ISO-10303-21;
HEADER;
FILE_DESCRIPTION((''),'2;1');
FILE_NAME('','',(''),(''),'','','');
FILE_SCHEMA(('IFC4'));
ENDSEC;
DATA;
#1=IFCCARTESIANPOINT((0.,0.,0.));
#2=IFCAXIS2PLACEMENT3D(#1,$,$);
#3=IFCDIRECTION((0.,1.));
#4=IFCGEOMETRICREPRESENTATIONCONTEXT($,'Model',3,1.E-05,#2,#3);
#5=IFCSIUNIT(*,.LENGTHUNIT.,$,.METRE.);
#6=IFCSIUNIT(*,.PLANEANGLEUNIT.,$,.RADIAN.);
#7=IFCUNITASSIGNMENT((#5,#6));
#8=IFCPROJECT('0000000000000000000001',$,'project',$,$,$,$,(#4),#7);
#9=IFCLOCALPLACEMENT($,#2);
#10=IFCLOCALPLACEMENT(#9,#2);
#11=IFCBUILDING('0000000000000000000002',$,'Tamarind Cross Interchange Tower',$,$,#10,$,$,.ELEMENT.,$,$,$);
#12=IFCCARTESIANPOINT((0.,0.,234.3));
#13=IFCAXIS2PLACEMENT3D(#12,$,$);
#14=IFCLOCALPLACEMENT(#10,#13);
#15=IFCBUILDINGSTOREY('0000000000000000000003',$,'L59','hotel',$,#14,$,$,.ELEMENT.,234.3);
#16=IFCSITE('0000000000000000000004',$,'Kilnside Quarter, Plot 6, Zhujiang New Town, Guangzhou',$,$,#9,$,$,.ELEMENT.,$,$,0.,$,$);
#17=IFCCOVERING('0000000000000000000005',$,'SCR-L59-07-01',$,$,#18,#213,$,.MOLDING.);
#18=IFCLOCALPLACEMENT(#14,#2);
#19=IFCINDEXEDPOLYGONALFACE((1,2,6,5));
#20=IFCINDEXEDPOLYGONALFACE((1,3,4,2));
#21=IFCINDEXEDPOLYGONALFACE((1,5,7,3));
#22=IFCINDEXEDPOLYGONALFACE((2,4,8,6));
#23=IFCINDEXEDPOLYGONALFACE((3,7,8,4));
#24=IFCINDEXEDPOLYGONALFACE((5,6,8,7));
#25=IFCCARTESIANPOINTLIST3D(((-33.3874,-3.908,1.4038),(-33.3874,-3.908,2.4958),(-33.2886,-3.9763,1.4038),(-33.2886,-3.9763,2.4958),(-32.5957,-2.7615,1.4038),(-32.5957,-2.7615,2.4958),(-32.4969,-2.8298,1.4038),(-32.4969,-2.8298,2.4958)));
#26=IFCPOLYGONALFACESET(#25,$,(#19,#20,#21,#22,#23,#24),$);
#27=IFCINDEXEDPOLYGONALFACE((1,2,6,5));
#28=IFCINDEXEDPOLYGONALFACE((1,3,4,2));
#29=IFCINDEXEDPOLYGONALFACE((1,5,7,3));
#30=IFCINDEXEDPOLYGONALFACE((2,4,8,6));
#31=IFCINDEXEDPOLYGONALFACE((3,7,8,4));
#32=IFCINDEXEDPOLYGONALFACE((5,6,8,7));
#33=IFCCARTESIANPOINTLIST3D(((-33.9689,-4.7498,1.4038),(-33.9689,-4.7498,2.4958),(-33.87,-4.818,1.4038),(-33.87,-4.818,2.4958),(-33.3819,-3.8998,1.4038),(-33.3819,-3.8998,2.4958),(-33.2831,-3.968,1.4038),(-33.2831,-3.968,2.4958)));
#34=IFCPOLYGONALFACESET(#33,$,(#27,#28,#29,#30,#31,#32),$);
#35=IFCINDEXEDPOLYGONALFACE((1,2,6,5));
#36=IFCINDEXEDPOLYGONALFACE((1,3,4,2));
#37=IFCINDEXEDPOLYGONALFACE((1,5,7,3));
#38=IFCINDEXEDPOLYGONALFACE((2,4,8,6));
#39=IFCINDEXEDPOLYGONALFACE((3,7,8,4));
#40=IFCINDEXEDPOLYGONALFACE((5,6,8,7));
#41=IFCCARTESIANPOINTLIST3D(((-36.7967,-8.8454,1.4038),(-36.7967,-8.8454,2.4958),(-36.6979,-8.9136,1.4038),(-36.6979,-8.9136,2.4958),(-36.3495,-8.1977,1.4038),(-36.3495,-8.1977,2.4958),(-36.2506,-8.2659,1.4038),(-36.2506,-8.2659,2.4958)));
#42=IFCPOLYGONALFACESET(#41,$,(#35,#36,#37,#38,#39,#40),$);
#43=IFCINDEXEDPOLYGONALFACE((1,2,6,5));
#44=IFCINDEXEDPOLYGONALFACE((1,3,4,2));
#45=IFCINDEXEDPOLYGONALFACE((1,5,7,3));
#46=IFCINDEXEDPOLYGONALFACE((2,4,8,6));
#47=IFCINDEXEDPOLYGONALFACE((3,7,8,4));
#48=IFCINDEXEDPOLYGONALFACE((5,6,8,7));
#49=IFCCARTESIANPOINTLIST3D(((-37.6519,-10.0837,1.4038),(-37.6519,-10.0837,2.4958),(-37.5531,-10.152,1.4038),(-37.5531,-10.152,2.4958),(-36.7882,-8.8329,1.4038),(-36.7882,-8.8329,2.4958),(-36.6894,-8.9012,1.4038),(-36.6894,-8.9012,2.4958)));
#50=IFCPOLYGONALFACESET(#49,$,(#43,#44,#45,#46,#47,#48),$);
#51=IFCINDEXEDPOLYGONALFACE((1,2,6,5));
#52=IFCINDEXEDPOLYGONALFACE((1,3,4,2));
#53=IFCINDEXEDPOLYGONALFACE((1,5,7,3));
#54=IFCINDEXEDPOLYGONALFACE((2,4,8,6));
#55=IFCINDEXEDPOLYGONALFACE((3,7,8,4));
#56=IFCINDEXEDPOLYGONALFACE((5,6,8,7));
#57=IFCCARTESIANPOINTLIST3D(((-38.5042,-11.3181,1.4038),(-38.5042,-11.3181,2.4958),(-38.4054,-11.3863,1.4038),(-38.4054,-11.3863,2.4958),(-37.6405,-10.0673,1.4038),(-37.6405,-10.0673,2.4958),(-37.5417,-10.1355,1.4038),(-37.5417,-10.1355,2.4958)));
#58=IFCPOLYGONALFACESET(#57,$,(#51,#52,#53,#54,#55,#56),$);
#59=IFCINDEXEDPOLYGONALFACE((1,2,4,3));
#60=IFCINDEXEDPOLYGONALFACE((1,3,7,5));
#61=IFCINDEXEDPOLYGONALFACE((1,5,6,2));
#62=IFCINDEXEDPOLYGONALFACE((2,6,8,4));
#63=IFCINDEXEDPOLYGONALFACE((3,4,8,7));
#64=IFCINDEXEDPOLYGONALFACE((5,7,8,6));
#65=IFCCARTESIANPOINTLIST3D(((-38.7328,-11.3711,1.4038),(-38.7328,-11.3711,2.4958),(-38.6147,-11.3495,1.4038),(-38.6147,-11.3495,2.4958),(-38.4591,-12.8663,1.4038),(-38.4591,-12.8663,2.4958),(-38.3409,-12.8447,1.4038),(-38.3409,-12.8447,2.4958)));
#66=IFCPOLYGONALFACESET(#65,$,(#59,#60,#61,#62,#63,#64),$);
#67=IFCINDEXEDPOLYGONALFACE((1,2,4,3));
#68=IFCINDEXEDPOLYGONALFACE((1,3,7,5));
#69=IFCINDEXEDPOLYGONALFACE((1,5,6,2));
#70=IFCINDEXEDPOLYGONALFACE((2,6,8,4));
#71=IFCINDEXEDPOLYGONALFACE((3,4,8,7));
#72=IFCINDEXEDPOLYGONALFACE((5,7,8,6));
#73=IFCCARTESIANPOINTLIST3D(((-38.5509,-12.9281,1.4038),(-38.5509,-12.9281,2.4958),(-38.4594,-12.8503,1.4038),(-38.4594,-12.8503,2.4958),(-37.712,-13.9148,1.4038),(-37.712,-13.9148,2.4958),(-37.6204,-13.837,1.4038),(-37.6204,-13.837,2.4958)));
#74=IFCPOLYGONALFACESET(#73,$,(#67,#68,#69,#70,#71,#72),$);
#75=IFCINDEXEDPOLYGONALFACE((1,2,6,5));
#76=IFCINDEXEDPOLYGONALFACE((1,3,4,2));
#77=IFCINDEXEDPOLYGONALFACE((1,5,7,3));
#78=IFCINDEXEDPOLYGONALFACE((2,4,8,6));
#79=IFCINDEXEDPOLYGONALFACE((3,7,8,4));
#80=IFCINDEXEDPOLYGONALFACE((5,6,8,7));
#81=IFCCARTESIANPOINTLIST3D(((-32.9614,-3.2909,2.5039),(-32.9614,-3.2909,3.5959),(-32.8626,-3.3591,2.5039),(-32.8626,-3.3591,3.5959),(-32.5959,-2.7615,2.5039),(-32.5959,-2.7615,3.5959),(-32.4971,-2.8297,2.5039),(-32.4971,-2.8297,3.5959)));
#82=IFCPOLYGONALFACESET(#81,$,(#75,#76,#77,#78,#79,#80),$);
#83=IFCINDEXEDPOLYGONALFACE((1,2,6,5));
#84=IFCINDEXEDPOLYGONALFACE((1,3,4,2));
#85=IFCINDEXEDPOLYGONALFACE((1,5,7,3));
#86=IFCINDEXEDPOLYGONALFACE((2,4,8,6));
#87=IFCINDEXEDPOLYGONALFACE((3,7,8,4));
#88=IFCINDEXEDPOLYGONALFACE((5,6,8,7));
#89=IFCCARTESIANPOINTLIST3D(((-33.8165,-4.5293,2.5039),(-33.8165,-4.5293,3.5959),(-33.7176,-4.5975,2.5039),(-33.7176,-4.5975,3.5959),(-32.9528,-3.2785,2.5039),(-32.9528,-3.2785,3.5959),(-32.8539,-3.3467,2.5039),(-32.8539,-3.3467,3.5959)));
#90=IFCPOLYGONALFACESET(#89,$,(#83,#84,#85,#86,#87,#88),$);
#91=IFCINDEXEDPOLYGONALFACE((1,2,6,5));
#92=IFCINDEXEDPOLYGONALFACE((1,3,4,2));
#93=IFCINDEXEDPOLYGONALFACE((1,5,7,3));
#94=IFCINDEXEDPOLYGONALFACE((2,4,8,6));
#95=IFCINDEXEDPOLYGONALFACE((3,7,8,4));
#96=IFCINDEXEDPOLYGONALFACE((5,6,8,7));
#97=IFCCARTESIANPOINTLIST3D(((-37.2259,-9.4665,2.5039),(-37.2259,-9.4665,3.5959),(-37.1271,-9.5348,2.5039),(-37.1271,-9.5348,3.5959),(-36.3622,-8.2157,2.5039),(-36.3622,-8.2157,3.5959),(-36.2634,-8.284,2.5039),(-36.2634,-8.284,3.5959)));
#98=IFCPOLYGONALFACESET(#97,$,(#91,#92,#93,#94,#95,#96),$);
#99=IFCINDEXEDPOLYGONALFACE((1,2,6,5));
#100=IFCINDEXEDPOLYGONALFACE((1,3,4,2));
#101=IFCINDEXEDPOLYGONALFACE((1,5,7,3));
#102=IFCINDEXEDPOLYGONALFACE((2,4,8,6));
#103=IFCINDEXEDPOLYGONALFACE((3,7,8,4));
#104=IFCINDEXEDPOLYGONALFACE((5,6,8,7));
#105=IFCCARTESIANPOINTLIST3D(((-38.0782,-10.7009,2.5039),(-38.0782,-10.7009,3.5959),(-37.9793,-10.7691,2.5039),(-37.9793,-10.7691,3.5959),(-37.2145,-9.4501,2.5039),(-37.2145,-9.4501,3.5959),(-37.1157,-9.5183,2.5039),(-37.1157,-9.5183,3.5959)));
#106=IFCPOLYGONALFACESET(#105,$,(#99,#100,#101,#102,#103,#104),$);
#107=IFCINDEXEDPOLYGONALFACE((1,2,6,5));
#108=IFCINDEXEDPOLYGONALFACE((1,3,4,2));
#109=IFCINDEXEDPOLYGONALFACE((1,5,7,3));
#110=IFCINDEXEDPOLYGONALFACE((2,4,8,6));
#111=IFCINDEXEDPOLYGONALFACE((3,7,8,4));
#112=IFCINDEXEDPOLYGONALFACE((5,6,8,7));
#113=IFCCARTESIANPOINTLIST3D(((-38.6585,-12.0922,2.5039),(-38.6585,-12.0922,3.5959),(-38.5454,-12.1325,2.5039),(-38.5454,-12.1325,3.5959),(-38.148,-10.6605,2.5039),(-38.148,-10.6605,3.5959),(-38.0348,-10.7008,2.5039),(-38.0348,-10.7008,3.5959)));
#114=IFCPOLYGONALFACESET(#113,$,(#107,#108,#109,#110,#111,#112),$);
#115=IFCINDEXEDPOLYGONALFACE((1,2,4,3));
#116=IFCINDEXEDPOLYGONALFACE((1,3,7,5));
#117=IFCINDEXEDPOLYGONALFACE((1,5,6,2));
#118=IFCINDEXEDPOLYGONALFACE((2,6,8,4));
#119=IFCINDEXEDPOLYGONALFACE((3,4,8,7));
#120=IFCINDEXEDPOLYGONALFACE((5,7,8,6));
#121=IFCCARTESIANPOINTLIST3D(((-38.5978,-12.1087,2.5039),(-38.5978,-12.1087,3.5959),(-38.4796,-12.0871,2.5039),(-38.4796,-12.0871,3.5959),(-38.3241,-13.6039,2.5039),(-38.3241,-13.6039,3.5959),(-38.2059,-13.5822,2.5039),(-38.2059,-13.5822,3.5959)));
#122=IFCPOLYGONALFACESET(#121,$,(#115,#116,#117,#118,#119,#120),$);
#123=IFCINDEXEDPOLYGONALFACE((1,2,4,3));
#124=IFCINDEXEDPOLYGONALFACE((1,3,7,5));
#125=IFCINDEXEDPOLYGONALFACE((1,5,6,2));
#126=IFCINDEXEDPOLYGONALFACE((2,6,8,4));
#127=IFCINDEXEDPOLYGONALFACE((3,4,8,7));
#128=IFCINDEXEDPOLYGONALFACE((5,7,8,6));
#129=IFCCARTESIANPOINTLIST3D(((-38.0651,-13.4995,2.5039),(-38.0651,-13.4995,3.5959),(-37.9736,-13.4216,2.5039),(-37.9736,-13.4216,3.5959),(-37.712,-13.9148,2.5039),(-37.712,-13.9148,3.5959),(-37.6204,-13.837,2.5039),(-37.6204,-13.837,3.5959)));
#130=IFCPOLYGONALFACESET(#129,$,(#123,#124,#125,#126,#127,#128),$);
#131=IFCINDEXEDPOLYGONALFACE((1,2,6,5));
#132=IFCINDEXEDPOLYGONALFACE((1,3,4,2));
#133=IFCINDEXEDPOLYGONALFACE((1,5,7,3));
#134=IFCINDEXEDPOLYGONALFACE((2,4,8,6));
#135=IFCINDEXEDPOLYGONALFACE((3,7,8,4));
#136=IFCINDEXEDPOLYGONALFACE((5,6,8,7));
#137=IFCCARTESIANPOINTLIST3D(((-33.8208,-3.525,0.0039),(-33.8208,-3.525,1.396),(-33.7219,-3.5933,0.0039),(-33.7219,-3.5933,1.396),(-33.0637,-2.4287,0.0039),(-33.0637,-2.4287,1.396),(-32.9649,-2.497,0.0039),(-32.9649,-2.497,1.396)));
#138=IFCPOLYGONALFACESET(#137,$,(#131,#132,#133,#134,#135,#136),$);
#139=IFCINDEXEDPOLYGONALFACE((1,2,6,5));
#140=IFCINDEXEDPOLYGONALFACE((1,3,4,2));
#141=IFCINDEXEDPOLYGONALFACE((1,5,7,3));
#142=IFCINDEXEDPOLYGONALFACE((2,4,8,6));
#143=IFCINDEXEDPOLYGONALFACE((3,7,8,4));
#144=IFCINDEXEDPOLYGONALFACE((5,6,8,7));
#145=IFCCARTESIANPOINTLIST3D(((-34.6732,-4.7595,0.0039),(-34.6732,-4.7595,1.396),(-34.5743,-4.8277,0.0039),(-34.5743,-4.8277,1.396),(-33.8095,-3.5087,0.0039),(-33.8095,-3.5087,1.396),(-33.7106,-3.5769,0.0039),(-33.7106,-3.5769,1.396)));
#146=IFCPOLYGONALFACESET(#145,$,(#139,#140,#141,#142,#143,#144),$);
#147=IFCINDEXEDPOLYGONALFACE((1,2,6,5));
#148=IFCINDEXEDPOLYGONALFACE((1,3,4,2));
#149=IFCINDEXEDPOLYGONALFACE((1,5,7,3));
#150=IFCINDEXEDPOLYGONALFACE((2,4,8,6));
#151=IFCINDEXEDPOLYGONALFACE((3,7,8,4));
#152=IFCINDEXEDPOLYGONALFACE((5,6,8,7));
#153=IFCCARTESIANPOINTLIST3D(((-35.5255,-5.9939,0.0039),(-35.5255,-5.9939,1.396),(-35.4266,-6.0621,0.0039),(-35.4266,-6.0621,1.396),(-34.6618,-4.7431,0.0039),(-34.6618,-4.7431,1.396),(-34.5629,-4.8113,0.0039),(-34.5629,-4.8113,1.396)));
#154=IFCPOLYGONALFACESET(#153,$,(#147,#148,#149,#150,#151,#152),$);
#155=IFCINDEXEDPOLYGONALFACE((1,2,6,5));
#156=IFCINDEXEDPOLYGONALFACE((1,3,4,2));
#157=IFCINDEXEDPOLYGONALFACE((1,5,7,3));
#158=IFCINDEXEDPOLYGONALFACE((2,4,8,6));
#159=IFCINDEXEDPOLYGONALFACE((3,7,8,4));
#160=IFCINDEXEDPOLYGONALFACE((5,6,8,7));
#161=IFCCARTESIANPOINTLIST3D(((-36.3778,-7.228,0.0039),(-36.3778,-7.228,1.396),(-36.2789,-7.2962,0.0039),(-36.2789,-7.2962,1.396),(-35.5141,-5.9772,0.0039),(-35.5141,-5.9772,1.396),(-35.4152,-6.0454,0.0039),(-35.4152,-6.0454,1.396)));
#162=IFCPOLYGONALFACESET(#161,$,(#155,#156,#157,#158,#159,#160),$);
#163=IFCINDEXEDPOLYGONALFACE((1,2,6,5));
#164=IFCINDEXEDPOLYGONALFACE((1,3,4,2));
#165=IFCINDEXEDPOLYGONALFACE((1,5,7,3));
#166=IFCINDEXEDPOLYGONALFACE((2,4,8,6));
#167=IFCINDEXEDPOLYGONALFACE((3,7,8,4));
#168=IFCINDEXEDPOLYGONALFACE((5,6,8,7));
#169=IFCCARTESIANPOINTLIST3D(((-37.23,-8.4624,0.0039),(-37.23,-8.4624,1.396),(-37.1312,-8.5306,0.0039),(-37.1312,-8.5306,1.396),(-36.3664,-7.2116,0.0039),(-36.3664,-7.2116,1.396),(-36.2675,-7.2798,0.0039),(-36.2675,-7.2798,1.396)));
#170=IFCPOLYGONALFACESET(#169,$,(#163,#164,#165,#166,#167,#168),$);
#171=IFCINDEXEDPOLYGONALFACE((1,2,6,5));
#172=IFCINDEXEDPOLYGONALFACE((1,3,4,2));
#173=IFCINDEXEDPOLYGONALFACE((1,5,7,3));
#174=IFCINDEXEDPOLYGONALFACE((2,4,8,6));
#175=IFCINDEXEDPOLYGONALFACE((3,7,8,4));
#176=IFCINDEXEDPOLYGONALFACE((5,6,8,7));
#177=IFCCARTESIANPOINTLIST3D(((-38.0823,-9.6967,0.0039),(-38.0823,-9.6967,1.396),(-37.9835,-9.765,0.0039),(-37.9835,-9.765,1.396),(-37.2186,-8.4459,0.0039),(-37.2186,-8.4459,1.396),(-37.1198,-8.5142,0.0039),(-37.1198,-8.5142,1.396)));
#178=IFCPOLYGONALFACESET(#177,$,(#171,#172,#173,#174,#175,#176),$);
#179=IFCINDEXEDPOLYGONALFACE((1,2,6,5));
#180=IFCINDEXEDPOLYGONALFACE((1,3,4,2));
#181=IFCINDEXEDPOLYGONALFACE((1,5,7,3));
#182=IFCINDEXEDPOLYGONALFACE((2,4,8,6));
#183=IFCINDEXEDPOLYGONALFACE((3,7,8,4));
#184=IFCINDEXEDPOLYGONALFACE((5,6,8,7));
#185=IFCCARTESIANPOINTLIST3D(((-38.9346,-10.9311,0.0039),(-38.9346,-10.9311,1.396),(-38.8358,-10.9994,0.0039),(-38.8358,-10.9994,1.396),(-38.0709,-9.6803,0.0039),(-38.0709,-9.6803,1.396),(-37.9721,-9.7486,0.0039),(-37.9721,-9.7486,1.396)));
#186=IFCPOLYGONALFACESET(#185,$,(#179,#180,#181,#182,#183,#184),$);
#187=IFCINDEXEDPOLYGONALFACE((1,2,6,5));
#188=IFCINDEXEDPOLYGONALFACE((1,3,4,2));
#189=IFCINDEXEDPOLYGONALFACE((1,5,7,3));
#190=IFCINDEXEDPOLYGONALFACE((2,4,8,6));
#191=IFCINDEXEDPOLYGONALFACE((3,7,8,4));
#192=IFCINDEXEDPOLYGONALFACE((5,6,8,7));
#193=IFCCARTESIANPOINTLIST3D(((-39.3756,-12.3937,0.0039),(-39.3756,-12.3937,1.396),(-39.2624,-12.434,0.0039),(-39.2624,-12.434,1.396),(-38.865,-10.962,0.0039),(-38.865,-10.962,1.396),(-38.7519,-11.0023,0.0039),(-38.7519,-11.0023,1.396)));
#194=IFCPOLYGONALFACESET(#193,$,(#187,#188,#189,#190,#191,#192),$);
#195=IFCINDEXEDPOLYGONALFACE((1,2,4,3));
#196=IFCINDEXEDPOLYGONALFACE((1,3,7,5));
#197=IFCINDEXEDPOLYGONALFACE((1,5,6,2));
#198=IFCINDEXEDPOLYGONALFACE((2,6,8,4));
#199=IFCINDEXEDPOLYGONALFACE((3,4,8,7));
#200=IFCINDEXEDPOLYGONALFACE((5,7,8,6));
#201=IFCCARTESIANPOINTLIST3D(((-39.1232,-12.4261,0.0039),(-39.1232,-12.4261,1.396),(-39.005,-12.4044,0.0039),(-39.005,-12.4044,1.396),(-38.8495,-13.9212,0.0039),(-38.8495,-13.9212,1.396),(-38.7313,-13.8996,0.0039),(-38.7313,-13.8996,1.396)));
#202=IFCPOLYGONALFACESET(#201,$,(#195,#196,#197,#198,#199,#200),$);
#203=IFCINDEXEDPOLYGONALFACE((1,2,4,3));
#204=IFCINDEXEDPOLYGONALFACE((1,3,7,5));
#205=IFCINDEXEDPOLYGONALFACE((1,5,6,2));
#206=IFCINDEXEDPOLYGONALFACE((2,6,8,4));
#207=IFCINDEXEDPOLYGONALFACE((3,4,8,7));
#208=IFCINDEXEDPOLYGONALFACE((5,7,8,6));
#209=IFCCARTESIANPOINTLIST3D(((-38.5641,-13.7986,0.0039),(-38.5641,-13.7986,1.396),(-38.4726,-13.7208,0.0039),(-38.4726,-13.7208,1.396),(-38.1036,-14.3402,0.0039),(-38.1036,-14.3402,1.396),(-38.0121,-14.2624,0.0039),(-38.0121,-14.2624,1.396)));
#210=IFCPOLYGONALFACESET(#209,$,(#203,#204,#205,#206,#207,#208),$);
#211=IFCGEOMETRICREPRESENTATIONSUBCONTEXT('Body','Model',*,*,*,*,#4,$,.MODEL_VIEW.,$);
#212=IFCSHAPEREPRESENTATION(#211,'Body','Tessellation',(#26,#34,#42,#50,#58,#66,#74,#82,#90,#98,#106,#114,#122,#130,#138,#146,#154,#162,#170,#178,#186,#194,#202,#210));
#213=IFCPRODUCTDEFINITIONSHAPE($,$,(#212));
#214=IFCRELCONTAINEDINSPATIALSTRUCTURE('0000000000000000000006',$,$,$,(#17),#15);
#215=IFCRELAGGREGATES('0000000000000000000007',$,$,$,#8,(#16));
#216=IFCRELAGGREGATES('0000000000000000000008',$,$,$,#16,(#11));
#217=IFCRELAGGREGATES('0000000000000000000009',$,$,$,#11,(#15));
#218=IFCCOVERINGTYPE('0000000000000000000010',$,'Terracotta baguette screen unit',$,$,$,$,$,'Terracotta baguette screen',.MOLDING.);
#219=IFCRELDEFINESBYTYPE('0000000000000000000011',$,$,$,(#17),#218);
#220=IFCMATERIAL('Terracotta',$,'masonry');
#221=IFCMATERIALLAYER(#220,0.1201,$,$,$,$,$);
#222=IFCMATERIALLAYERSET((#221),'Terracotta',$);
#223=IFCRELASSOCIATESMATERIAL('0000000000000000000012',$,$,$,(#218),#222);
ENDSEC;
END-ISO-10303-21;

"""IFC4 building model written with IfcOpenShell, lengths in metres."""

from ifc_helpers import new_model, si_unit, direction, frame, origin, origin_2d, place, context, subcontext, project, spatial, rectangle, extrude, material, layer, layer_set, type_object, element, save


model = new_model("IFC4")

# Units and contexts
model_context = context("Model", 3, precision=1e-05, world=origin(), true_north=direction((0.0, 1.0)))
body_context = subcontext(model_context, "Body", "Model", "MODEL_VIEW")
ifc_project = project(units=[si_unit("LENGTHUNIT", "METRE"), si_unit("PLANEANGLEUNIT", "RADIAN")], contexts=[model_context])

# Site, building, storey
site_placement = place(None, origin())
site = spatial("IfcSite", under=ifc_project, at=site_placement, Name="Kilnside Quarter, Plot 6, Zhujiang New Town, Guangzhou", CompositionType="ELEMENT", RefElevation=0.0)
building_placement = place(site_placement, origin())
building = spatial("IfcBuilding", under=site, at=building_placement, Name="Tamarind Cross Interchange Tower", CompositionType="ELEMENT")
storey_placement = place(building_placement, frame((0.0, 0.0, 234.3)))
storey = spatial("IfcBuildingStorey", under=building, at=storey_placement, Name="L59", Description="hotel", CompositionType="ELEMENT", Elevation=234.3)

# Covering
ifc_material_1 = material(Name="Terracotta", Category="masonry")
ifc_layer_1 = layer(ifc_material_1, 0.1201)
ifc_layer_set_1 = layer_set([ifc_layer_1], Name="Terracotta")
covering_type = type_object("IfcCoveringType", Name="Terracotta baguette screen unit", ElementType="Terracotta baguette screen", PredefinedType="MOLDING", material=ifc_layer_set_1)
covering_1_placement = place(storey_placement, origin())
element("IfcCovering", 1, at=covering_1_placement, inside=storey, type_object=covering_type, Name="SCR-L59-07-01", PredefinedType="MOLDING", context=body_context, shape_type="SweptSolid", body=[
    extrude(rectangle(XDim=1.3933, YDim=0.1201, at=origin_2d()), frame((-32.9421, -3.3689, 1.4038), z_axis=(0.0, 0.0, 1.0), x_axis=(-0.568211, -0.822883, 0.0)), (0.0, 0.0, 1.0), 1.092),
    extrude(rectangle(XDim=1.033, YDim=0.1201, at=origin_2d()), frame((-33.626, -4.3589, 1.4038), z_axis=(0.0, 0.0, 1.0), x_axis=(-0.568211, -0.822883, 0.0)), (0.0, 0.0, 1.0), 1.092),
    extrude(rectangle(XDim=0.7871, YDim=0.1201, at=origin_2d()), frame((-36.5237, -8.5557, 1.4038), z_axis=(0.0, 0.0, 1.0), x_axis=(-0.568211, -0.822883, 0.0)), (0.0, 0.0, 1.0), 1.092),
    extrude(rectangle(XDim=1.52, YDim=0.1201, at=origin_2d()), frame((-37.1707, -9.4924, 1.4038), z_axis=(0.0, 0.0, 1.0), x_axis=(-0.568211, -0.822883, 0.0)), (0.0, 0.0, 1.0), 1.092),
    extrude(rectangle(XDim=1.52, YDim=0.1201, at=origin_2d()), frame((-38.0229, -10.7268, 1.4038), z_axis=(0.0, 0.0, 1.0), x_axis=(-0.568211, -0.822883, 0.0)), (0.0, 0.0, 1.0), 1.092),
    extrude(rectangle(XDim=1.52, YDim=0.1201, at=origin_2d()), frame((-38.5369, -12.1079, 1.4038), z_axis=(0.0, 0.0, 1.0), x_axis=(0.18008, -0.983652, 0.0)), (0.0, 0.0, 1.0), 1.092),
    extrude(rectangle(XDim=1.2952, YDim=0.1201, at=origin_2d()), frame((-38.0857, -13.3826, 1.4038), z_axis=(0.0, 0.0, 1.0), x_axis=(0.64778, -0.761828, 0.0)), (0.0, 0.0, 1.0), 1.092),
    extrude(rectangle(XDim=0.6433, YDim=0.1201, at=origin_2d()), frame((-32.7292, -3.0603, 2.5039), z_axis=(0.0, 0.0, 1.0), x_axis=(-0.568211, -0.822883, 0.0)), (0.0, 0.0, 1.0), 1.092),
    extrude(rectangle(XDim=1.52, YDim=0.1201, at=origin_2d()), frame((-33.3352, -3.938, 2.5039), z_axis=(0.0, 0.0, 1.0), x_axis=(-0.568211, -0.822883, 0.0)), (0.0, 0.0, 1.0), 1.092),
    extrude(rectangle(XDim=1.52, YDim=0.1201, at=origin_2d()), frame((-36.7446, -8.8752, 2.5039), z_axis=(0.0, 0.0, 1.0), x_axis=(-0.568211, -0.822883, 0.0)), (0.0, 0.0, 1.0), 1.092),
    extrude(rectangle(XDim=1.52, YDim=0.1201, at=origin_2d()), frame((-37.5969, -10.1096, 2.5039), z_axis=(0.0, 0.0, 1.0), x_axis=(-0.568211, -0.822883, 0.0)), (0.0, 0.0, 1.0), 1.092),
    extrude(rectangle(XDim=1.52, YDim=0.1201, at=origin_2d()), frame((-38.3467, -11.3965, 2.5039), z_axis=(0.0, 0.0, 1.0), x_axis=(-0.335872, -0.941907, 0.0)), (0.0, 0.0, 1.0), 1.092),
    extrude(rectangle(XDim=1.52, YDim=0.1201, at=origin_2d()), frame((-38.4019, -12.8455, 2.5039), z_axis=(0.0, 0.0, 1.0), x_axis=(0.18008, -0.983652, 0.0)), (0.0, 0.0, 1.0), 1.092),
    extrude(rectangle(XDim=0.5452, YDim=0.1201, at=origin_2d()), frame((-37.8428, -13.6682, 2.5039), z_axis=(0.0, 0.0, 1.0), x_axis=(0.64778, -0.761828, 0.0)), (0.0, 0.0, 1.0), 1.092),
    extrude(rectangle(XDim=1.3323, YDim=0.1201, at=origin_2d()), frame((-33.3928, -3.011, 0.0039), z_axis=(0.0, 0.0, 1.0), x_axis=(-0.568211, -0.822883, 0.0)), (0.0, 0.0, 1.0), 1.3921),
    extrude(rectangle(XDim=1.52, YDim=0.1201, at=origin_2d()), frame((-34.1919, -4.1682, 0.0039), z_axis=(0.0, 0.0, 1.0), x_axis=(-0.568211, -0.822883, 0.0)), (0.0, 0.0, 1.0), 1.3921),
    extrude(rectangle(XDim=1.52, YDim=0.1201, at=origin_2d()), frame((-35.0442, -5.4026, 0.0039), z_axis=(0.0, 0.0, 1.0), x_axis=(-0.568211, -0.822883, 0.0)), (0.0, 0.0, 1.0), 1.3921),
    extrude(rectangle(XDim=1.52, YDim=0.1201, at=origin_2d()), frame((-35.8965, -6.6367, 0.0039), z_axis=(0.0, 0.0, 1.0), x_axis=(-0.568211, -0.822883, 0.0)), (0.0, 0.0, 1.0), 1.3921),
    extrude(rectangle(XDim=1.52, YDim=0.1201, at=origin_2d()), frame((-36.7488, -7.8711, 0.0039), z_axis=(0.0, 0.0, 1.0), x_axis=(-0.568211, -0.822883, 0.0)), (0.0, 0.0, 1.0), 1.3921),
    extrude(rectangle(XDim=1.52, YDim=0.1201, at=origin_2d()), frame((-37.6011, -9.1055, 0.0039), z_axis=(0.0, 0.0, 1.0), x_axis=(-0.568211, -0.822883, 0.0)), (0.0, 0.0, 1.0), 1.3921),
    extrude(rectangle(XDim=1.52, YDim=0.1201, at=origin_2d()), frame((-38.4534, -10.3398, 0.0039), z_axis=(0.0, 0.0, 1.0), x_axis=(-0.568211, -0.822883, 0.0)), (0.0, 0.0, 1.0), 1.3921),
    extrude(rectangle(XDim=1.52, YDim=0.1201, at=origin_2d()), frame((-39.0637, -11.698, 0.0039), z_axis=(0.0, 0.0, 1.0), x_axis=(-0.335872, -0.941907, 0.0)), (0.0, 0.0, 1.0), 1.3921),
    extrude(rectangle(XDim=1.52, YDim=0.1201, at=origin_2d()), frame((-38.9272, -13.1628, 0.0039), z_axis=(0.0, 0.0, 1.0), x_axis=(0.18008, -0.983652, 0.0)), (0.0, 0.0, 1.0), 1.3921),
    extrude(rectangle(XDim=0.7109, YDim=0.1201, at=origin_2d()), frame((-38.2881, -14.0305, 0.0039), z_axis=(0.0, 0.0, 1.0), x_axis=(0.64778, -0.761828, 0.0)), (0.0, 0.0, 1.0), 1.3921),
])

save(model, "model.ifc")
